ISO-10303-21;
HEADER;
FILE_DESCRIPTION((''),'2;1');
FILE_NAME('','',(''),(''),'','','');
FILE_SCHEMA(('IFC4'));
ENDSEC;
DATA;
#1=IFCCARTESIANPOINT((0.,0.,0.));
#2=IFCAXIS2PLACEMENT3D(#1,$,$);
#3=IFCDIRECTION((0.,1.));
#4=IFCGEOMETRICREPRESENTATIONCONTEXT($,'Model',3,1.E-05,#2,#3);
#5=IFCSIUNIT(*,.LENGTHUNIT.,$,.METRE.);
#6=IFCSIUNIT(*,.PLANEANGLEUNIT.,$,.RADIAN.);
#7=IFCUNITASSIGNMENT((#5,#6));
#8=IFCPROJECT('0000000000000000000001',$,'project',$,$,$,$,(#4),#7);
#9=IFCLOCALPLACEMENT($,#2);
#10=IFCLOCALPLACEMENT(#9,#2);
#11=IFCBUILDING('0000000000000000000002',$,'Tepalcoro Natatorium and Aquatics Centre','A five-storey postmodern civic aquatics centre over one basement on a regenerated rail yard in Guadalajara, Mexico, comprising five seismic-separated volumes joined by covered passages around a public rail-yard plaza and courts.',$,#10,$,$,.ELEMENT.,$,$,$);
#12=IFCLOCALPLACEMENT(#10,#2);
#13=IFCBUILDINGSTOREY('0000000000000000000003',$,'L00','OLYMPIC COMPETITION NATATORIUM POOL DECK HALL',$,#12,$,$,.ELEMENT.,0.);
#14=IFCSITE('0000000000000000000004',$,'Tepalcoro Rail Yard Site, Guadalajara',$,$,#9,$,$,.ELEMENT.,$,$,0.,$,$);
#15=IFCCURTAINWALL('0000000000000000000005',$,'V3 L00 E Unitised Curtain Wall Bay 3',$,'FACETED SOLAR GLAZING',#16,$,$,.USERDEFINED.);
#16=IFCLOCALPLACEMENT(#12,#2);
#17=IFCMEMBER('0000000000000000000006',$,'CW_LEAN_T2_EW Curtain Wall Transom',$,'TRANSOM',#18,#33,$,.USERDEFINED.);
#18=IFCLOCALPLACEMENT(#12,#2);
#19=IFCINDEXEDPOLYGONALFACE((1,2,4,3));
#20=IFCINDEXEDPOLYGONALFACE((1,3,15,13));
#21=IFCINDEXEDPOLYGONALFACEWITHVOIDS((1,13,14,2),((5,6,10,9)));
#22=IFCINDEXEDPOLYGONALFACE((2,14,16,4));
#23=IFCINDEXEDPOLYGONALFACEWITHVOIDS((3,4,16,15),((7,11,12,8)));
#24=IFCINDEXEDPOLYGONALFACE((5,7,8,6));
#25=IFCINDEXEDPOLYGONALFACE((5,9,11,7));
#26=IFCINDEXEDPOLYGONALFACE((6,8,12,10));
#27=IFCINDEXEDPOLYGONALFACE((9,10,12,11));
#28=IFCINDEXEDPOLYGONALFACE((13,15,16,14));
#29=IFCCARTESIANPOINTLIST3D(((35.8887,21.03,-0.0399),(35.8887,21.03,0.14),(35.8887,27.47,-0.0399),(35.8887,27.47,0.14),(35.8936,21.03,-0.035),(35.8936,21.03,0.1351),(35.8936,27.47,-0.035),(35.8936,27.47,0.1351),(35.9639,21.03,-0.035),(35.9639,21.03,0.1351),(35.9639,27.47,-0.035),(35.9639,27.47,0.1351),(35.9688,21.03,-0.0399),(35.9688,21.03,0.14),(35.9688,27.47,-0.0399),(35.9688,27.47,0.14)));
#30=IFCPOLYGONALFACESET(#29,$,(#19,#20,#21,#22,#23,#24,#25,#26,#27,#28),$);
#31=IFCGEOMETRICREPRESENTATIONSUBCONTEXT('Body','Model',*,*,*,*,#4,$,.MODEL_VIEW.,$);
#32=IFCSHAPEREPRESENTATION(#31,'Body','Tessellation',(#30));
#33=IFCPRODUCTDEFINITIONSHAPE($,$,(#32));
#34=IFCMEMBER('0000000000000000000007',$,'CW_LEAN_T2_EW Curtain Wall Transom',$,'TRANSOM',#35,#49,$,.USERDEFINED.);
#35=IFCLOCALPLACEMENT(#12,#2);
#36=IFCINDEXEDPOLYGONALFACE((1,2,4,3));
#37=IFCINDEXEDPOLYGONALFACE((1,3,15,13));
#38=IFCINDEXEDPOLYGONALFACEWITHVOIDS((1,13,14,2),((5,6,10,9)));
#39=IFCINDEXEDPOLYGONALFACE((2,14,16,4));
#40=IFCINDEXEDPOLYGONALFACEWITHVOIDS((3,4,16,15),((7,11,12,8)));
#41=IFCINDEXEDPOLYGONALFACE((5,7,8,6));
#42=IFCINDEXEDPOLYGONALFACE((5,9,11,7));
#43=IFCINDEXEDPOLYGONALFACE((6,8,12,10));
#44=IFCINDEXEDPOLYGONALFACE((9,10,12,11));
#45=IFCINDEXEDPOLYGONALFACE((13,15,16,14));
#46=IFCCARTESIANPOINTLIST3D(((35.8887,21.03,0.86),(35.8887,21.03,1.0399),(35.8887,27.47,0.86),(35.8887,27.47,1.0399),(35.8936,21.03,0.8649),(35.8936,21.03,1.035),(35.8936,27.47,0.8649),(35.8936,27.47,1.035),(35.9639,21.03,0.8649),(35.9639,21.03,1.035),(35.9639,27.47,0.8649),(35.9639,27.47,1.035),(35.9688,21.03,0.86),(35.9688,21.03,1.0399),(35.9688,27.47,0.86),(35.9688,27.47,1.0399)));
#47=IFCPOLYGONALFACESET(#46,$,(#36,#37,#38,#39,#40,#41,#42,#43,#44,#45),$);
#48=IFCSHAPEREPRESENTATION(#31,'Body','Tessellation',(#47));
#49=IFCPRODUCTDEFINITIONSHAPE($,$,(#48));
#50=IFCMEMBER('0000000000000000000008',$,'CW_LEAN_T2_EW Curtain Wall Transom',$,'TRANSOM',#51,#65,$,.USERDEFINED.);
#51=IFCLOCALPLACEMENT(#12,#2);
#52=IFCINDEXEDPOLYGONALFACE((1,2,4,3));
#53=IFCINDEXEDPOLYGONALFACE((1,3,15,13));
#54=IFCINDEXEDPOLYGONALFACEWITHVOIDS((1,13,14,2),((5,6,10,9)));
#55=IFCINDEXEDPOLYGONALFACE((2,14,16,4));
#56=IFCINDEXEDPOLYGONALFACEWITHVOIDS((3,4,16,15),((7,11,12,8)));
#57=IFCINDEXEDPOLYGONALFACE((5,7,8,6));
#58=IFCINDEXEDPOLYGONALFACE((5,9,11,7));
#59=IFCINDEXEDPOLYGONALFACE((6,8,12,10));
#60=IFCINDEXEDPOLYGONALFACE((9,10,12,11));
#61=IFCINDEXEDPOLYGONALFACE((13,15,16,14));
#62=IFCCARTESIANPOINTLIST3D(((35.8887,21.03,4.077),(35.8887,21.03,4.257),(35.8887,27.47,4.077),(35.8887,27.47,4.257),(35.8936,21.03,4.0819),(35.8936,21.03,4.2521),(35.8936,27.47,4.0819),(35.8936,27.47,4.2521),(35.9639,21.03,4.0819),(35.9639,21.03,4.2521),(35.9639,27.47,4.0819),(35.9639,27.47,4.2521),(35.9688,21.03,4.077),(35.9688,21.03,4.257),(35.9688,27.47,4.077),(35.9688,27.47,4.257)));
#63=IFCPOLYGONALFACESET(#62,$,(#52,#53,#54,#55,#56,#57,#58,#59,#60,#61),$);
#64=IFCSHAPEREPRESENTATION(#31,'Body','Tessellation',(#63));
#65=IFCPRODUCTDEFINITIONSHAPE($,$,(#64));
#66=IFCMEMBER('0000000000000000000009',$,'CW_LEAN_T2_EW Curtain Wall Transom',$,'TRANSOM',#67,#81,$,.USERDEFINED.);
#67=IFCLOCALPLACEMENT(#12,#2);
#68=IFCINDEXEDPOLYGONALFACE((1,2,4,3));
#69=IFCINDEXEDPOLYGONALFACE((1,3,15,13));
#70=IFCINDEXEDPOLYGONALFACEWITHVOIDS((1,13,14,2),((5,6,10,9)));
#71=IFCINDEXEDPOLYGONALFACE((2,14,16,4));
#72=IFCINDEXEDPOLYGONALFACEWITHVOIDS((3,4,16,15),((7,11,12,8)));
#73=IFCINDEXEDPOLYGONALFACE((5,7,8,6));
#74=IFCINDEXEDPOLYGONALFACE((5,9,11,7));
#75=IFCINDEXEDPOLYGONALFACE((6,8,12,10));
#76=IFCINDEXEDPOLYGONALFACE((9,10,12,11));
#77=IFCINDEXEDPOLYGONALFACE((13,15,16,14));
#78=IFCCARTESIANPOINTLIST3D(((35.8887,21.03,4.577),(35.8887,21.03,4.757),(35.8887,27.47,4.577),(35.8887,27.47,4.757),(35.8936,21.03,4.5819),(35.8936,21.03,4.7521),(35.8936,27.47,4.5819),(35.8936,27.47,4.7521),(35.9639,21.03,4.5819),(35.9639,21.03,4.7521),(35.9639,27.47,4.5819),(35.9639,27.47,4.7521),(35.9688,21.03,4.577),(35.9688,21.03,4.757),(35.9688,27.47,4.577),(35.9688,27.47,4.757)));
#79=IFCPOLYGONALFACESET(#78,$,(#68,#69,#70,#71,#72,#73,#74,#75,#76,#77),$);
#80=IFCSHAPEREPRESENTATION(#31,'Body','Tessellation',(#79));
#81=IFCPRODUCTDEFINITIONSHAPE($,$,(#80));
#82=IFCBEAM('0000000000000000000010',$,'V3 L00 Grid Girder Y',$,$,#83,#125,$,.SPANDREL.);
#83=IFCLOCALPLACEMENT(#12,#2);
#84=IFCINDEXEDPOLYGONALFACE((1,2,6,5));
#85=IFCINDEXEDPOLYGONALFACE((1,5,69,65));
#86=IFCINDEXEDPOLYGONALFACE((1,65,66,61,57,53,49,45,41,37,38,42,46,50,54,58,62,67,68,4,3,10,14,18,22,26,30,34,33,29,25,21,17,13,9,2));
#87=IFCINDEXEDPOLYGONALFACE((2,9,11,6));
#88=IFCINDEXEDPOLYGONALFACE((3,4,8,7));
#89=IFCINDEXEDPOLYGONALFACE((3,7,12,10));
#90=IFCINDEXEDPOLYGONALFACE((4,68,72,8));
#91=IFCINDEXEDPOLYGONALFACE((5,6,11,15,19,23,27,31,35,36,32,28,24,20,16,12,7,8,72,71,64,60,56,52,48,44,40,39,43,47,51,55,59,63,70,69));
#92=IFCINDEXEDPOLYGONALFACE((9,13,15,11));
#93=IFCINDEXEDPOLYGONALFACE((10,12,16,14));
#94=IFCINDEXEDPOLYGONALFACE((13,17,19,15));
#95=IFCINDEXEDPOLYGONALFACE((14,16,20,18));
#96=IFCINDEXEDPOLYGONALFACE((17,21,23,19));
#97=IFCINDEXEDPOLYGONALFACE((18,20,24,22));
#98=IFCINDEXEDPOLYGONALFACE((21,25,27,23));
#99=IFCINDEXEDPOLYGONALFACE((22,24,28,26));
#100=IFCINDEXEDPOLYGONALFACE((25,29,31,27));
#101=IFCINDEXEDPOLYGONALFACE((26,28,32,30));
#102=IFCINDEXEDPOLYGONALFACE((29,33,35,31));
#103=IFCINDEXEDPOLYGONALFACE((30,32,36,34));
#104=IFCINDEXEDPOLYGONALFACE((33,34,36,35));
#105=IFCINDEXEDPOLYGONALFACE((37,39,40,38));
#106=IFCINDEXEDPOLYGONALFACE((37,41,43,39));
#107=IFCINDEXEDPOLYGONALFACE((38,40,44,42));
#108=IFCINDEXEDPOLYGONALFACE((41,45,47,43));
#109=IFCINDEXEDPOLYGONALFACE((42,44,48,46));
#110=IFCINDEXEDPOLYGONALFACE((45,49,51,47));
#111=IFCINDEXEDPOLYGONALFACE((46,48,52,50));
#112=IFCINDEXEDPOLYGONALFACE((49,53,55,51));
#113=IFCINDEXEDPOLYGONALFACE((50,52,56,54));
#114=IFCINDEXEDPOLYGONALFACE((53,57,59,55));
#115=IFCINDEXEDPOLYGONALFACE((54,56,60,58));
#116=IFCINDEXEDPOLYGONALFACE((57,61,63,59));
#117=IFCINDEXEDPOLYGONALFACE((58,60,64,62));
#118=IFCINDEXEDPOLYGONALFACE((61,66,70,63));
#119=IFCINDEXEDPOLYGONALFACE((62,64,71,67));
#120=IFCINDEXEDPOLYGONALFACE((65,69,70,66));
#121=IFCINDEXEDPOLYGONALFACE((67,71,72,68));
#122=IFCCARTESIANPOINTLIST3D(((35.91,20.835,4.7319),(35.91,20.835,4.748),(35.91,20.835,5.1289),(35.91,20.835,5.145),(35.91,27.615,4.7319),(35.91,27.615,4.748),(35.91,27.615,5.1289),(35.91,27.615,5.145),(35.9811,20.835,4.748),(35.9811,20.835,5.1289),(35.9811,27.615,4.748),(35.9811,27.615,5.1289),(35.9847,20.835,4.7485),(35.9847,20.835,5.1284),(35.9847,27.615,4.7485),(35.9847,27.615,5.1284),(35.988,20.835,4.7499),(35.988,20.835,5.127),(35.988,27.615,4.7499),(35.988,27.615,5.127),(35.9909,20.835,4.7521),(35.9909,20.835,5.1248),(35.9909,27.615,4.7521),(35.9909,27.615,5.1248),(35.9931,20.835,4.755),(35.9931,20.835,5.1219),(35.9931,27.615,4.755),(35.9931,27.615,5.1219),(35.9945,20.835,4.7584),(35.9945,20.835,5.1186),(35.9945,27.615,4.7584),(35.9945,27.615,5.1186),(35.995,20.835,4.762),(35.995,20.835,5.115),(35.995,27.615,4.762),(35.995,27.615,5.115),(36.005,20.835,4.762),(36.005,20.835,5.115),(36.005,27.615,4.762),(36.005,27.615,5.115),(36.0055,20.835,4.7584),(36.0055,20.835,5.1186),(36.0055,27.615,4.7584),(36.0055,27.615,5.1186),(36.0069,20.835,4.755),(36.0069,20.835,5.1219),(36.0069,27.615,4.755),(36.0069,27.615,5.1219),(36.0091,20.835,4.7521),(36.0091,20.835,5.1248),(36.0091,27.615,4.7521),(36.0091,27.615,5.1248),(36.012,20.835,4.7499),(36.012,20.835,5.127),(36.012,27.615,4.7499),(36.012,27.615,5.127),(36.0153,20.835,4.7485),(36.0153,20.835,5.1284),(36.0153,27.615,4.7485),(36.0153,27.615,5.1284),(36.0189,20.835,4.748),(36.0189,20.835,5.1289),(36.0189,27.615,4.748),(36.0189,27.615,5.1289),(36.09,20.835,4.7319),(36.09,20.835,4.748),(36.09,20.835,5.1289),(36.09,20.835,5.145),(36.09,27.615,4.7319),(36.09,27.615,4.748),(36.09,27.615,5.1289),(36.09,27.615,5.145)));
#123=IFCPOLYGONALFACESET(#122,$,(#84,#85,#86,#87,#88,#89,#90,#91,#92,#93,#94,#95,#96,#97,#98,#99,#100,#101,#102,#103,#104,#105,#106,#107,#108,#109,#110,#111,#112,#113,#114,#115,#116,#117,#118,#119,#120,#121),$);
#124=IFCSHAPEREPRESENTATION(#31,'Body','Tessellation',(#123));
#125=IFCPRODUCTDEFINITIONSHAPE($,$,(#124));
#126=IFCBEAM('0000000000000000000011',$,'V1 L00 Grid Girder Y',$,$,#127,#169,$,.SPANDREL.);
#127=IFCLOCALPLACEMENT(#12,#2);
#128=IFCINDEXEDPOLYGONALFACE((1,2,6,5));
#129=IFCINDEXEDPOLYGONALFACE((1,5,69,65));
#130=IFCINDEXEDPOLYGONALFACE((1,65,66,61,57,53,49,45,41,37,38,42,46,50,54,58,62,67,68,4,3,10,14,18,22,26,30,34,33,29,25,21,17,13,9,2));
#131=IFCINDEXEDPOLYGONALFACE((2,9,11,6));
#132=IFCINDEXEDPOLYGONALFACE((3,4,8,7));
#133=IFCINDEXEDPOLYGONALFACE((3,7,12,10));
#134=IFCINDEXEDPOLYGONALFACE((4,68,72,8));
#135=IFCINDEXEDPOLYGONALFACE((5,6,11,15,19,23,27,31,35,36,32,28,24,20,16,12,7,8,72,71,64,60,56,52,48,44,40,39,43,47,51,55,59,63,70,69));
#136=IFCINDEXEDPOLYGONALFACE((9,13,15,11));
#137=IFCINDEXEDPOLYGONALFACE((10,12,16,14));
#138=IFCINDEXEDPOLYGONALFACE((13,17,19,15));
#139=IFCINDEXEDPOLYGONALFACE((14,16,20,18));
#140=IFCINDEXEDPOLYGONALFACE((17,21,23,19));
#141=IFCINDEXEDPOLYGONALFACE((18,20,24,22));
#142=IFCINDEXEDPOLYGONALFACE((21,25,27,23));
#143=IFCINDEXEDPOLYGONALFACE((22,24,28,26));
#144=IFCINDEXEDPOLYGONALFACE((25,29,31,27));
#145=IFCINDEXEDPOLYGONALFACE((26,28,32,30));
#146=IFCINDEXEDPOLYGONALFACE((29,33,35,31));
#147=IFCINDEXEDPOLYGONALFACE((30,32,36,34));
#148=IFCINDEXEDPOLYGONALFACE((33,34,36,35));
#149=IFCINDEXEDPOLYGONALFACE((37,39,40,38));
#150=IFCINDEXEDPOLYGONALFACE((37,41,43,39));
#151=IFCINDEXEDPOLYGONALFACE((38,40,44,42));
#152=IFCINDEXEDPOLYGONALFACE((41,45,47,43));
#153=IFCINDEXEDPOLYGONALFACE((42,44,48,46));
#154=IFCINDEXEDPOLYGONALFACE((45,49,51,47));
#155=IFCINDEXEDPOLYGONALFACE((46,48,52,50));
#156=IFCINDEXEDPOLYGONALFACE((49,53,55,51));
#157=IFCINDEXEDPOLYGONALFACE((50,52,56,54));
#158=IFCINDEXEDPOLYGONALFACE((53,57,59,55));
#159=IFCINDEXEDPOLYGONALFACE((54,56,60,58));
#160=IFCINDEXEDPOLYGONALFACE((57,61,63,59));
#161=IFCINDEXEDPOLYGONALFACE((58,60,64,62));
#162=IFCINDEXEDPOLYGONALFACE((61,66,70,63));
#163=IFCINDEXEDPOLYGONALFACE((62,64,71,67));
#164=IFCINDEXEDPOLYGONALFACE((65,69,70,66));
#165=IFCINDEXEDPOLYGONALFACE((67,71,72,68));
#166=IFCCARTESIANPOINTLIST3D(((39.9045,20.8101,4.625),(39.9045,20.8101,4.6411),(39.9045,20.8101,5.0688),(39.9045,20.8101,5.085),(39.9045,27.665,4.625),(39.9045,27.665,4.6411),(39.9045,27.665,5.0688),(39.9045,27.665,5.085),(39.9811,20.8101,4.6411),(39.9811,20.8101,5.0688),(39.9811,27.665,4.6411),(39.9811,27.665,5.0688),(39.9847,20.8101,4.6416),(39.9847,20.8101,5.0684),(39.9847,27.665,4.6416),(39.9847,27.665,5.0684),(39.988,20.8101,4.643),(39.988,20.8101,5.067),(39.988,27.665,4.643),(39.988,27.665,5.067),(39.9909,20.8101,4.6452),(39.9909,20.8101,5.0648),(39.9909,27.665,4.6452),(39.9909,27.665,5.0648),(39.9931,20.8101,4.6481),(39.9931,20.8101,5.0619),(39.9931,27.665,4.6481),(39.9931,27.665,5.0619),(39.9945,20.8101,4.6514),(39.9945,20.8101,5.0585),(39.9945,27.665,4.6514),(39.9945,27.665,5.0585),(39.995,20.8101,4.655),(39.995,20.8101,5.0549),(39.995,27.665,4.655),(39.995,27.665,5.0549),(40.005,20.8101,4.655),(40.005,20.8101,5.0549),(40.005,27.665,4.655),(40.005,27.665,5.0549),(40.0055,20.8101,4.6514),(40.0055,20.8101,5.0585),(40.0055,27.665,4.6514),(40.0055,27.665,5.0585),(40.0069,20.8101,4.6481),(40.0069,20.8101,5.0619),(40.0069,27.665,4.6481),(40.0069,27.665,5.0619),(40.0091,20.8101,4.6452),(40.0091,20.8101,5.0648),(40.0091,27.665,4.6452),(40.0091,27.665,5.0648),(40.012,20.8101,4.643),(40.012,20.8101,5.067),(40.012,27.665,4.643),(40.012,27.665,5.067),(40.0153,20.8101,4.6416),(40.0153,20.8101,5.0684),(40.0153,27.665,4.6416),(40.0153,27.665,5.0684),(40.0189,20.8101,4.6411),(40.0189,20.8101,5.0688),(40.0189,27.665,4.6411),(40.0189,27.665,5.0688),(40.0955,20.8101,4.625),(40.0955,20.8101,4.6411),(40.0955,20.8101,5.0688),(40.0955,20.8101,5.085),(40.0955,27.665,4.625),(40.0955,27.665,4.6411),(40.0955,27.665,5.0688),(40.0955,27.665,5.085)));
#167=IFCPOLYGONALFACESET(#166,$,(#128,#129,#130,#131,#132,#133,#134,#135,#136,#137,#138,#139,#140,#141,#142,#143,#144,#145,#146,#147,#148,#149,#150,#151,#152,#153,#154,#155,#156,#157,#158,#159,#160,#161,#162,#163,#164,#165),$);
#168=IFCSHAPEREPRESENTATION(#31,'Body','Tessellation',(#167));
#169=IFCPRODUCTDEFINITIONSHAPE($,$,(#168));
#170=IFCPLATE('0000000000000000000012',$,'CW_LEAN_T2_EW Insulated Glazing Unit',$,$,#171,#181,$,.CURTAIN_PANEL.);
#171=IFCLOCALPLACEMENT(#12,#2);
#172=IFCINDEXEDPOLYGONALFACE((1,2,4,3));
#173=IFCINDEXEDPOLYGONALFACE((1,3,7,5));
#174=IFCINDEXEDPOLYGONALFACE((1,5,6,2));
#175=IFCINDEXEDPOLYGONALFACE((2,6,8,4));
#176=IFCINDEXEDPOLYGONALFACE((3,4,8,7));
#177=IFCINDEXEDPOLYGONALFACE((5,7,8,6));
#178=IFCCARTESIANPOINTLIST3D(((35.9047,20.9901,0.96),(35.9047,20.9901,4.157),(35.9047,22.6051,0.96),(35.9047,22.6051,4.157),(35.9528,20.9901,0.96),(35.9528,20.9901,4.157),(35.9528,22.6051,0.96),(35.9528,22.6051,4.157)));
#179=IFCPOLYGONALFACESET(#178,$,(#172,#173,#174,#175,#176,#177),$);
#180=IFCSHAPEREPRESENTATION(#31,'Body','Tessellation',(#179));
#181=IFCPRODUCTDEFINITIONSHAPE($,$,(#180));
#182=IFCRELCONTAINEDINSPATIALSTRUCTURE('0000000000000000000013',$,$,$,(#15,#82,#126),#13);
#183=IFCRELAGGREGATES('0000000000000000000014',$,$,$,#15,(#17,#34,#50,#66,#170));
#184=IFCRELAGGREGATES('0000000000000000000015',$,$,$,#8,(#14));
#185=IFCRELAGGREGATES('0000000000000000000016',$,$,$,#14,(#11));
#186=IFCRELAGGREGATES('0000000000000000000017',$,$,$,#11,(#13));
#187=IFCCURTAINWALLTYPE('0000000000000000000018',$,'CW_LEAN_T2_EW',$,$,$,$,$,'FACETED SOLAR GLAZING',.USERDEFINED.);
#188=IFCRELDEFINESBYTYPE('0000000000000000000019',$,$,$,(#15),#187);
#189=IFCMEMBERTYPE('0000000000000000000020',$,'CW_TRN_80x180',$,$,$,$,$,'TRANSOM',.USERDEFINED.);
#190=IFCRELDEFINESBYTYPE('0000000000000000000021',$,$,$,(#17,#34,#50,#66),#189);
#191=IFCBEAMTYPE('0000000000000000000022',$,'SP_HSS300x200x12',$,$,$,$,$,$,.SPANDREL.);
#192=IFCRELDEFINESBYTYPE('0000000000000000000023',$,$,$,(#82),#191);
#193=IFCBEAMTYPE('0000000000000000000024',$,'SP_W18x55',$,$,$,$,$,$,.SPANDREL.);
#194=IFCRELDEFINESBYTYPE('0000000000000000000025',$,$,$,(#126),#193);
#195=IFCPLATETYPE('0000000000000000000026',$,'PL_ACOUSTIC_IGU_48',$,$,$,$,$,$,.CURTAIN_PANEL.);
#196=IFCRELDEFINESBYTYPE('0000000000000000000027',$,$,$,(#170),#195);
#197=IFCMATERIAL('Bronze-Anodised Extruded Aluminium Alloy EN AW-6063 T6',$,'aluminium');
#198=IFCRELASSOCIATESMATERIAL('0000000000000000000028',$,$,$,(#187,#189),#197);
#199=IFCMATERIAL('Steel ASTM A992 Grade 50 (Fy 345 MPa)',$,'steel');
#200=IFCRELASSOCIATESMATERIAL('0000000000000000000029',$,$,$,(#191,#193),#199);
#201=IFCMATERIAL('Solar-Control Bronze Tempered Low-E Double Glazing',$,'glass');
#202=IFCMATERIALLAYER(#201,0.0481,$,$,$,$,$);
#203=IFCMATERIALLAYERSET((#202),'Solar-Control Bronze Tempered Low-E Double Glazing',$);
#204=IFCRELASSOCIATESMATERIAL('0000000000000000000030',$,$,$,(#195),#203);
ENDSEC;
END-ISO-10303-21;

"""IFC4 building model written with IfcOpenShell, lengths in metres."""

from ifc_helpers import new_model, si_unit, direction, frame, origin, origin_2d, place, context, subcontext, project, spatial, rectangle, hollow_rectangle, i_section, extrude, material, layer, layer_set, material_profile, profile_set, type_object, element, aggregate, save


model = new_model("IFC4")

# Units and contexts
model_context = context("Model", 3, precision=1e-05, world=origin(), true_north=direction((0.0, 1.0)))
body_context = subcontext(model_context, "Body", "Model", "MODEL_VIEW")
ifc_project = project(units=[si_unit("LENGTHUNIT", "METRE"), si_unit("PLANEANGLEUNIT", "RADIAN")], contexts=[model_context])

# Site, building, storey
site_placement = place(None, origin())
site = spatial("IfcSite", under=ifc_project, at=site_placement, Name="Tepalcoro Rail Yard Site, Guadalajara", CompositionType="ELEMENT", RefElevation=0.0)
building_placement = place(site_placement, origin())
building = spatial("IfcBuilding", under=site, at=building_placement, Name="Tepalcoro Natatorium and Aquatics Centre", Description="A five-storey postmodern civic aquatics centre over one basement on a regenerated rail yard in Guadalajara, Mexico, comprising five seismic-separated volumes joined by covered passages around a public rail-yard plaza and courts.", CompositionType="ELEMENT")
storey_placement = place(building_placement, origin())
storey = spatial("IfcBuildingStorey", under=building, at=storey_placement, Name="L00", Description="OLYMPIC COMPETITION NATATORIUM POOL DECK HALL", CompositionType="ELEMENT", Elevation=0.0)

# Curtain wall, members
ifc_material_1 = material(Name="Bronze-Anodised Extruded Aluminium Alloy EN AW-6063 T6", Category="aluminium")
curtain_wall_type_1 = type_object("IfcCurtainWallType", Name="CW_LEAN_T2_EW", ElementType="FACETED SOLAR GLAZING", PredefinedType="USERDEFINED", material=ifc_material_1)
curtain_wall_1_placement = place(storey_placement, origin())
curtain_wall_1 = element("IfcCurtainWall", 1, at=curtain_wall_1_placement, inside=storey, type_object=curtain_wall_type_1, Name="V3 L00 E Unitised Curtain Wall Bay 3", ObjectType="FACETED SOLAR GLAZING", PredefinedType="USERDEFINED")
ifc_material_profile_1 = material_profile(ifc_material_1, hollow_rectangle(XDim=0.0801, YDim=0.1799, WallThickness=0.0049, at=origin_2d()), Name="AL80X180X5")
ifc_profile_set_1 = profile_set([ifc_material_profile_1], Name="Bronze-Anodised Extruded Aluminium Alloy EN AW-6063 T6")
member_type_1 = type_object("IfcMemberType", Name="CW_TRN_80x180", ElementType="TRANSOM", PredefinedType="USERDEFINED", material=ifc_profile_set_1)
member_1_placement = place(storey_placement, frame((35.9287, 21.03, 0.05), z_axis=(0.0, 1.0, 0.0), x_axis=(-1.0, 0.0, 0.0)))
member_1 = element("IfcMember", 2, at=member_1_placement, type_object=member_type_1, Name="CW_LEAN_T2_EW Curtain Wall Transom", ObjectType="TRANSOM", PredefinedType="USERDEFINED", context=body_context, shape_type="SweptSolid", body=[
    extrude(hollow_rectangle(XDim=0.0801, YDim=0.1799, WallThickness=0.0049, at=origin_2d()), origin(), (0.0, 0.0, 1.0), 6.4399),
])
member_2_placement = place(storey_placement, frame((35.9287, 21.03, 0.95), z_axis=(0.0, 1.0, 0.0), x_axis=(-1.0, 0.0, 0.0)))
member_2 = element("IfcMember", 3, at=member_2_placement, type_object=member_type_1, Name="CW_LEAN_T2_EW Curtain Wall Transom", ObjectType="TRANSOM", PredefinedType="USERDEFINED", context=body_context, shape_type="SweptSolid", body=[
    extrude(hollow_rectangle(XDim=0.0801, YDim=0.1799, WallThickness=0.0049, at=origin_2d()), origin(), (0.0, 0.0, 1.0), 6.4399),
])
member_3_placement = place(storey_placement, frame((35.9287, 21.03, 4.167), z_axis=(0.0, 1.0, 0.0), x_axis=(-1.0, 0.0, 0.0)))
member_3 = element("IfcMember", 4, at=member_3_placement, type_object=member_type_1, Name="CW_LEAN_T2_EW Curtain Wall Transom", ObjectType="TRANSOM", PredefinedType="USERDEFINED", context=body_context, shape_type="SweptSolid", body=[
    extrude(hollow_rectangle(XDim=0.0801, YDim=0.1799, WallThickness=0.0049, at=origin_2d()), origin(), (0.0, 0.0, 1.0), 6.4399),
])
member_4_placement = place(storey_placement, frame((35.9287, 21.03, 4.667), z_axis=(0.0, 1.0, 0.0), x_axis=(-1.0, 0.0, 0.0)))
member_4 = element("IfcMember", 5, at=member_4_placement, type_object=member_type_1, Name="CW_LEAN_T2_EW Curtain Wall Transom", ObjectType="TRANSOM", PredefinedType="USERDEFINED", context=body_context, shape_type="SweptSolid", body=[
    extrude(hollow_rectangle(XDim=0.0801, YDim=0.1799, WallThickness=0.0049, at=origin_2d()), origin(), (0.0, 0.0, 1.0), 6.4399),
])

# Beams
ifc_material_2 = material(Name="Steel ASTM A992 Grade 50 (Fy 345 MPa)", Category="steel")
ifc_material_profile_2 = material_profile(ifc_material_2, i_section(OverallWidth=0.1799, OverallDepth=0.4131, WebThickness=0.01, FlangeThickness=0.0161, FilletRadius=0.0139, at=origin_2d()), Name="W16X50")
ifc_profile_set_2 = profile_set([ifc_material_profile_2], Name="Steel ASTM A992 Grade 50 (Fy 345 MPa)")
beam_type_1 = type_object("IfcBeamType", Name="SP_HSS300x200x12", PredefinedType="SPANDREL", material=ifc_profile_set_2)
beam_1_placement = place(storey_placement, frame((36.0, 20.835, 4.9385), z_axis=(0.0, 1.0, 0.0), x_axis=(-1.0, 0.0, 0.0)))
element("IfcBeam", 6, at=beam_1_placement, inside=storey, type_object=beam_type_1, Name="V3 L00 Grid Girder Y", PredefinedType="SPANDREL", context=body_context, shape_type="SweptSolid", body=[
    extrude(i_section(OverallWidth=0.1799, OverallDepth=0.4131, WebThickness=0.01, FlangeThickness=0.0161, FilletRadius=0.0139, at=origin_2d()), origin(), (0.0, 0.0, 1.0), 6.78),
])
ifc_material_profile_3 = material_profile(ifc_material_2, i_section(OverallWidth=0.1909, OverallDepth=0.46, WebThickness=0.01, FlangeThickness=0.0161, FilletRadius=0.0139, at=origin_2d()), Name="W18X55")
ifc_profile_set_3 = profile_set([ifc_material_profile_3], Name="Steel ASTM A992 Grade 50 (Fy 345 MPa)")
beam_type_2 = type_object("IfcBeamType", Name="SP_W18x55", PredefinedType="SPANDREL", material=ifc_profile_set_3)
beam_2_placement = place(storey_placement, frame((40.0, 20.8101, 4.855), z_axis=(0.0, 1.0, 0.0), x_axis=(-1.0, 0.0, 0.0)))
element("IfcBeam", 7, at=beam_2_placement, inside=storey, type_object=beam_type_2, Name="V1 L00 Grid Girder Y", PredefinedType="SPANDREL", context=body_context, shape_type="SweptSolid", body=[
    extrude(i_section(OverallWidth=0.1909, OverallDepth=0.46, WebThickness=0.01, FlangeThickness=0.0161, FilletRadius=0.0139, at=origin_2d()), origin(), (0.0, 0.0, 1.0), 6.855),
])

# Plate
ifc_material_3 = material(Name="Solar-Control Bronze Tempered Low-E Double Glazing", Category="glass")
ifc_layer_1 = layer(ifc_material_3, 0.0481)
ifc_layer_set_1 = layer_set([ifc_layer_1], Name="Solar-Control Bronze Tempered Low-E Double Glazing")
plate_type_1 = type_object("IfcPlateType", Name="PL_ACOUSTIC_IGU_48", PredefinedType="CURTAIN_PANEL", material=ifc_layer_set_1)
plate_1_placement = place(storey_placement, frame((35.9287, 21.7976, 0.96), z_axis=(0.0, 0.0, 1.0), x_axis=(1.0, 0.0, 0.0)))
plate_1 = element("IfcPlate", 8, at=plate_1_placement, type_object=plate_type_1, Name="CW_LEAN_T2_EW Insulated Glazing Unit", PredefinedType="CURTAIN_PANEL", context=body_context, shape_type="SweptSolid", body=[
    extrude(rectangle(XDim=0.0481, YDim=1.615, at=origin_2d()), origin(), (0.0, 0.0, 1.0), 3.197),
])
aggregate(curtain_wall_1, [member_1, member_2, member_3, member_4, plate_1])

save(model, "model.ifc")
